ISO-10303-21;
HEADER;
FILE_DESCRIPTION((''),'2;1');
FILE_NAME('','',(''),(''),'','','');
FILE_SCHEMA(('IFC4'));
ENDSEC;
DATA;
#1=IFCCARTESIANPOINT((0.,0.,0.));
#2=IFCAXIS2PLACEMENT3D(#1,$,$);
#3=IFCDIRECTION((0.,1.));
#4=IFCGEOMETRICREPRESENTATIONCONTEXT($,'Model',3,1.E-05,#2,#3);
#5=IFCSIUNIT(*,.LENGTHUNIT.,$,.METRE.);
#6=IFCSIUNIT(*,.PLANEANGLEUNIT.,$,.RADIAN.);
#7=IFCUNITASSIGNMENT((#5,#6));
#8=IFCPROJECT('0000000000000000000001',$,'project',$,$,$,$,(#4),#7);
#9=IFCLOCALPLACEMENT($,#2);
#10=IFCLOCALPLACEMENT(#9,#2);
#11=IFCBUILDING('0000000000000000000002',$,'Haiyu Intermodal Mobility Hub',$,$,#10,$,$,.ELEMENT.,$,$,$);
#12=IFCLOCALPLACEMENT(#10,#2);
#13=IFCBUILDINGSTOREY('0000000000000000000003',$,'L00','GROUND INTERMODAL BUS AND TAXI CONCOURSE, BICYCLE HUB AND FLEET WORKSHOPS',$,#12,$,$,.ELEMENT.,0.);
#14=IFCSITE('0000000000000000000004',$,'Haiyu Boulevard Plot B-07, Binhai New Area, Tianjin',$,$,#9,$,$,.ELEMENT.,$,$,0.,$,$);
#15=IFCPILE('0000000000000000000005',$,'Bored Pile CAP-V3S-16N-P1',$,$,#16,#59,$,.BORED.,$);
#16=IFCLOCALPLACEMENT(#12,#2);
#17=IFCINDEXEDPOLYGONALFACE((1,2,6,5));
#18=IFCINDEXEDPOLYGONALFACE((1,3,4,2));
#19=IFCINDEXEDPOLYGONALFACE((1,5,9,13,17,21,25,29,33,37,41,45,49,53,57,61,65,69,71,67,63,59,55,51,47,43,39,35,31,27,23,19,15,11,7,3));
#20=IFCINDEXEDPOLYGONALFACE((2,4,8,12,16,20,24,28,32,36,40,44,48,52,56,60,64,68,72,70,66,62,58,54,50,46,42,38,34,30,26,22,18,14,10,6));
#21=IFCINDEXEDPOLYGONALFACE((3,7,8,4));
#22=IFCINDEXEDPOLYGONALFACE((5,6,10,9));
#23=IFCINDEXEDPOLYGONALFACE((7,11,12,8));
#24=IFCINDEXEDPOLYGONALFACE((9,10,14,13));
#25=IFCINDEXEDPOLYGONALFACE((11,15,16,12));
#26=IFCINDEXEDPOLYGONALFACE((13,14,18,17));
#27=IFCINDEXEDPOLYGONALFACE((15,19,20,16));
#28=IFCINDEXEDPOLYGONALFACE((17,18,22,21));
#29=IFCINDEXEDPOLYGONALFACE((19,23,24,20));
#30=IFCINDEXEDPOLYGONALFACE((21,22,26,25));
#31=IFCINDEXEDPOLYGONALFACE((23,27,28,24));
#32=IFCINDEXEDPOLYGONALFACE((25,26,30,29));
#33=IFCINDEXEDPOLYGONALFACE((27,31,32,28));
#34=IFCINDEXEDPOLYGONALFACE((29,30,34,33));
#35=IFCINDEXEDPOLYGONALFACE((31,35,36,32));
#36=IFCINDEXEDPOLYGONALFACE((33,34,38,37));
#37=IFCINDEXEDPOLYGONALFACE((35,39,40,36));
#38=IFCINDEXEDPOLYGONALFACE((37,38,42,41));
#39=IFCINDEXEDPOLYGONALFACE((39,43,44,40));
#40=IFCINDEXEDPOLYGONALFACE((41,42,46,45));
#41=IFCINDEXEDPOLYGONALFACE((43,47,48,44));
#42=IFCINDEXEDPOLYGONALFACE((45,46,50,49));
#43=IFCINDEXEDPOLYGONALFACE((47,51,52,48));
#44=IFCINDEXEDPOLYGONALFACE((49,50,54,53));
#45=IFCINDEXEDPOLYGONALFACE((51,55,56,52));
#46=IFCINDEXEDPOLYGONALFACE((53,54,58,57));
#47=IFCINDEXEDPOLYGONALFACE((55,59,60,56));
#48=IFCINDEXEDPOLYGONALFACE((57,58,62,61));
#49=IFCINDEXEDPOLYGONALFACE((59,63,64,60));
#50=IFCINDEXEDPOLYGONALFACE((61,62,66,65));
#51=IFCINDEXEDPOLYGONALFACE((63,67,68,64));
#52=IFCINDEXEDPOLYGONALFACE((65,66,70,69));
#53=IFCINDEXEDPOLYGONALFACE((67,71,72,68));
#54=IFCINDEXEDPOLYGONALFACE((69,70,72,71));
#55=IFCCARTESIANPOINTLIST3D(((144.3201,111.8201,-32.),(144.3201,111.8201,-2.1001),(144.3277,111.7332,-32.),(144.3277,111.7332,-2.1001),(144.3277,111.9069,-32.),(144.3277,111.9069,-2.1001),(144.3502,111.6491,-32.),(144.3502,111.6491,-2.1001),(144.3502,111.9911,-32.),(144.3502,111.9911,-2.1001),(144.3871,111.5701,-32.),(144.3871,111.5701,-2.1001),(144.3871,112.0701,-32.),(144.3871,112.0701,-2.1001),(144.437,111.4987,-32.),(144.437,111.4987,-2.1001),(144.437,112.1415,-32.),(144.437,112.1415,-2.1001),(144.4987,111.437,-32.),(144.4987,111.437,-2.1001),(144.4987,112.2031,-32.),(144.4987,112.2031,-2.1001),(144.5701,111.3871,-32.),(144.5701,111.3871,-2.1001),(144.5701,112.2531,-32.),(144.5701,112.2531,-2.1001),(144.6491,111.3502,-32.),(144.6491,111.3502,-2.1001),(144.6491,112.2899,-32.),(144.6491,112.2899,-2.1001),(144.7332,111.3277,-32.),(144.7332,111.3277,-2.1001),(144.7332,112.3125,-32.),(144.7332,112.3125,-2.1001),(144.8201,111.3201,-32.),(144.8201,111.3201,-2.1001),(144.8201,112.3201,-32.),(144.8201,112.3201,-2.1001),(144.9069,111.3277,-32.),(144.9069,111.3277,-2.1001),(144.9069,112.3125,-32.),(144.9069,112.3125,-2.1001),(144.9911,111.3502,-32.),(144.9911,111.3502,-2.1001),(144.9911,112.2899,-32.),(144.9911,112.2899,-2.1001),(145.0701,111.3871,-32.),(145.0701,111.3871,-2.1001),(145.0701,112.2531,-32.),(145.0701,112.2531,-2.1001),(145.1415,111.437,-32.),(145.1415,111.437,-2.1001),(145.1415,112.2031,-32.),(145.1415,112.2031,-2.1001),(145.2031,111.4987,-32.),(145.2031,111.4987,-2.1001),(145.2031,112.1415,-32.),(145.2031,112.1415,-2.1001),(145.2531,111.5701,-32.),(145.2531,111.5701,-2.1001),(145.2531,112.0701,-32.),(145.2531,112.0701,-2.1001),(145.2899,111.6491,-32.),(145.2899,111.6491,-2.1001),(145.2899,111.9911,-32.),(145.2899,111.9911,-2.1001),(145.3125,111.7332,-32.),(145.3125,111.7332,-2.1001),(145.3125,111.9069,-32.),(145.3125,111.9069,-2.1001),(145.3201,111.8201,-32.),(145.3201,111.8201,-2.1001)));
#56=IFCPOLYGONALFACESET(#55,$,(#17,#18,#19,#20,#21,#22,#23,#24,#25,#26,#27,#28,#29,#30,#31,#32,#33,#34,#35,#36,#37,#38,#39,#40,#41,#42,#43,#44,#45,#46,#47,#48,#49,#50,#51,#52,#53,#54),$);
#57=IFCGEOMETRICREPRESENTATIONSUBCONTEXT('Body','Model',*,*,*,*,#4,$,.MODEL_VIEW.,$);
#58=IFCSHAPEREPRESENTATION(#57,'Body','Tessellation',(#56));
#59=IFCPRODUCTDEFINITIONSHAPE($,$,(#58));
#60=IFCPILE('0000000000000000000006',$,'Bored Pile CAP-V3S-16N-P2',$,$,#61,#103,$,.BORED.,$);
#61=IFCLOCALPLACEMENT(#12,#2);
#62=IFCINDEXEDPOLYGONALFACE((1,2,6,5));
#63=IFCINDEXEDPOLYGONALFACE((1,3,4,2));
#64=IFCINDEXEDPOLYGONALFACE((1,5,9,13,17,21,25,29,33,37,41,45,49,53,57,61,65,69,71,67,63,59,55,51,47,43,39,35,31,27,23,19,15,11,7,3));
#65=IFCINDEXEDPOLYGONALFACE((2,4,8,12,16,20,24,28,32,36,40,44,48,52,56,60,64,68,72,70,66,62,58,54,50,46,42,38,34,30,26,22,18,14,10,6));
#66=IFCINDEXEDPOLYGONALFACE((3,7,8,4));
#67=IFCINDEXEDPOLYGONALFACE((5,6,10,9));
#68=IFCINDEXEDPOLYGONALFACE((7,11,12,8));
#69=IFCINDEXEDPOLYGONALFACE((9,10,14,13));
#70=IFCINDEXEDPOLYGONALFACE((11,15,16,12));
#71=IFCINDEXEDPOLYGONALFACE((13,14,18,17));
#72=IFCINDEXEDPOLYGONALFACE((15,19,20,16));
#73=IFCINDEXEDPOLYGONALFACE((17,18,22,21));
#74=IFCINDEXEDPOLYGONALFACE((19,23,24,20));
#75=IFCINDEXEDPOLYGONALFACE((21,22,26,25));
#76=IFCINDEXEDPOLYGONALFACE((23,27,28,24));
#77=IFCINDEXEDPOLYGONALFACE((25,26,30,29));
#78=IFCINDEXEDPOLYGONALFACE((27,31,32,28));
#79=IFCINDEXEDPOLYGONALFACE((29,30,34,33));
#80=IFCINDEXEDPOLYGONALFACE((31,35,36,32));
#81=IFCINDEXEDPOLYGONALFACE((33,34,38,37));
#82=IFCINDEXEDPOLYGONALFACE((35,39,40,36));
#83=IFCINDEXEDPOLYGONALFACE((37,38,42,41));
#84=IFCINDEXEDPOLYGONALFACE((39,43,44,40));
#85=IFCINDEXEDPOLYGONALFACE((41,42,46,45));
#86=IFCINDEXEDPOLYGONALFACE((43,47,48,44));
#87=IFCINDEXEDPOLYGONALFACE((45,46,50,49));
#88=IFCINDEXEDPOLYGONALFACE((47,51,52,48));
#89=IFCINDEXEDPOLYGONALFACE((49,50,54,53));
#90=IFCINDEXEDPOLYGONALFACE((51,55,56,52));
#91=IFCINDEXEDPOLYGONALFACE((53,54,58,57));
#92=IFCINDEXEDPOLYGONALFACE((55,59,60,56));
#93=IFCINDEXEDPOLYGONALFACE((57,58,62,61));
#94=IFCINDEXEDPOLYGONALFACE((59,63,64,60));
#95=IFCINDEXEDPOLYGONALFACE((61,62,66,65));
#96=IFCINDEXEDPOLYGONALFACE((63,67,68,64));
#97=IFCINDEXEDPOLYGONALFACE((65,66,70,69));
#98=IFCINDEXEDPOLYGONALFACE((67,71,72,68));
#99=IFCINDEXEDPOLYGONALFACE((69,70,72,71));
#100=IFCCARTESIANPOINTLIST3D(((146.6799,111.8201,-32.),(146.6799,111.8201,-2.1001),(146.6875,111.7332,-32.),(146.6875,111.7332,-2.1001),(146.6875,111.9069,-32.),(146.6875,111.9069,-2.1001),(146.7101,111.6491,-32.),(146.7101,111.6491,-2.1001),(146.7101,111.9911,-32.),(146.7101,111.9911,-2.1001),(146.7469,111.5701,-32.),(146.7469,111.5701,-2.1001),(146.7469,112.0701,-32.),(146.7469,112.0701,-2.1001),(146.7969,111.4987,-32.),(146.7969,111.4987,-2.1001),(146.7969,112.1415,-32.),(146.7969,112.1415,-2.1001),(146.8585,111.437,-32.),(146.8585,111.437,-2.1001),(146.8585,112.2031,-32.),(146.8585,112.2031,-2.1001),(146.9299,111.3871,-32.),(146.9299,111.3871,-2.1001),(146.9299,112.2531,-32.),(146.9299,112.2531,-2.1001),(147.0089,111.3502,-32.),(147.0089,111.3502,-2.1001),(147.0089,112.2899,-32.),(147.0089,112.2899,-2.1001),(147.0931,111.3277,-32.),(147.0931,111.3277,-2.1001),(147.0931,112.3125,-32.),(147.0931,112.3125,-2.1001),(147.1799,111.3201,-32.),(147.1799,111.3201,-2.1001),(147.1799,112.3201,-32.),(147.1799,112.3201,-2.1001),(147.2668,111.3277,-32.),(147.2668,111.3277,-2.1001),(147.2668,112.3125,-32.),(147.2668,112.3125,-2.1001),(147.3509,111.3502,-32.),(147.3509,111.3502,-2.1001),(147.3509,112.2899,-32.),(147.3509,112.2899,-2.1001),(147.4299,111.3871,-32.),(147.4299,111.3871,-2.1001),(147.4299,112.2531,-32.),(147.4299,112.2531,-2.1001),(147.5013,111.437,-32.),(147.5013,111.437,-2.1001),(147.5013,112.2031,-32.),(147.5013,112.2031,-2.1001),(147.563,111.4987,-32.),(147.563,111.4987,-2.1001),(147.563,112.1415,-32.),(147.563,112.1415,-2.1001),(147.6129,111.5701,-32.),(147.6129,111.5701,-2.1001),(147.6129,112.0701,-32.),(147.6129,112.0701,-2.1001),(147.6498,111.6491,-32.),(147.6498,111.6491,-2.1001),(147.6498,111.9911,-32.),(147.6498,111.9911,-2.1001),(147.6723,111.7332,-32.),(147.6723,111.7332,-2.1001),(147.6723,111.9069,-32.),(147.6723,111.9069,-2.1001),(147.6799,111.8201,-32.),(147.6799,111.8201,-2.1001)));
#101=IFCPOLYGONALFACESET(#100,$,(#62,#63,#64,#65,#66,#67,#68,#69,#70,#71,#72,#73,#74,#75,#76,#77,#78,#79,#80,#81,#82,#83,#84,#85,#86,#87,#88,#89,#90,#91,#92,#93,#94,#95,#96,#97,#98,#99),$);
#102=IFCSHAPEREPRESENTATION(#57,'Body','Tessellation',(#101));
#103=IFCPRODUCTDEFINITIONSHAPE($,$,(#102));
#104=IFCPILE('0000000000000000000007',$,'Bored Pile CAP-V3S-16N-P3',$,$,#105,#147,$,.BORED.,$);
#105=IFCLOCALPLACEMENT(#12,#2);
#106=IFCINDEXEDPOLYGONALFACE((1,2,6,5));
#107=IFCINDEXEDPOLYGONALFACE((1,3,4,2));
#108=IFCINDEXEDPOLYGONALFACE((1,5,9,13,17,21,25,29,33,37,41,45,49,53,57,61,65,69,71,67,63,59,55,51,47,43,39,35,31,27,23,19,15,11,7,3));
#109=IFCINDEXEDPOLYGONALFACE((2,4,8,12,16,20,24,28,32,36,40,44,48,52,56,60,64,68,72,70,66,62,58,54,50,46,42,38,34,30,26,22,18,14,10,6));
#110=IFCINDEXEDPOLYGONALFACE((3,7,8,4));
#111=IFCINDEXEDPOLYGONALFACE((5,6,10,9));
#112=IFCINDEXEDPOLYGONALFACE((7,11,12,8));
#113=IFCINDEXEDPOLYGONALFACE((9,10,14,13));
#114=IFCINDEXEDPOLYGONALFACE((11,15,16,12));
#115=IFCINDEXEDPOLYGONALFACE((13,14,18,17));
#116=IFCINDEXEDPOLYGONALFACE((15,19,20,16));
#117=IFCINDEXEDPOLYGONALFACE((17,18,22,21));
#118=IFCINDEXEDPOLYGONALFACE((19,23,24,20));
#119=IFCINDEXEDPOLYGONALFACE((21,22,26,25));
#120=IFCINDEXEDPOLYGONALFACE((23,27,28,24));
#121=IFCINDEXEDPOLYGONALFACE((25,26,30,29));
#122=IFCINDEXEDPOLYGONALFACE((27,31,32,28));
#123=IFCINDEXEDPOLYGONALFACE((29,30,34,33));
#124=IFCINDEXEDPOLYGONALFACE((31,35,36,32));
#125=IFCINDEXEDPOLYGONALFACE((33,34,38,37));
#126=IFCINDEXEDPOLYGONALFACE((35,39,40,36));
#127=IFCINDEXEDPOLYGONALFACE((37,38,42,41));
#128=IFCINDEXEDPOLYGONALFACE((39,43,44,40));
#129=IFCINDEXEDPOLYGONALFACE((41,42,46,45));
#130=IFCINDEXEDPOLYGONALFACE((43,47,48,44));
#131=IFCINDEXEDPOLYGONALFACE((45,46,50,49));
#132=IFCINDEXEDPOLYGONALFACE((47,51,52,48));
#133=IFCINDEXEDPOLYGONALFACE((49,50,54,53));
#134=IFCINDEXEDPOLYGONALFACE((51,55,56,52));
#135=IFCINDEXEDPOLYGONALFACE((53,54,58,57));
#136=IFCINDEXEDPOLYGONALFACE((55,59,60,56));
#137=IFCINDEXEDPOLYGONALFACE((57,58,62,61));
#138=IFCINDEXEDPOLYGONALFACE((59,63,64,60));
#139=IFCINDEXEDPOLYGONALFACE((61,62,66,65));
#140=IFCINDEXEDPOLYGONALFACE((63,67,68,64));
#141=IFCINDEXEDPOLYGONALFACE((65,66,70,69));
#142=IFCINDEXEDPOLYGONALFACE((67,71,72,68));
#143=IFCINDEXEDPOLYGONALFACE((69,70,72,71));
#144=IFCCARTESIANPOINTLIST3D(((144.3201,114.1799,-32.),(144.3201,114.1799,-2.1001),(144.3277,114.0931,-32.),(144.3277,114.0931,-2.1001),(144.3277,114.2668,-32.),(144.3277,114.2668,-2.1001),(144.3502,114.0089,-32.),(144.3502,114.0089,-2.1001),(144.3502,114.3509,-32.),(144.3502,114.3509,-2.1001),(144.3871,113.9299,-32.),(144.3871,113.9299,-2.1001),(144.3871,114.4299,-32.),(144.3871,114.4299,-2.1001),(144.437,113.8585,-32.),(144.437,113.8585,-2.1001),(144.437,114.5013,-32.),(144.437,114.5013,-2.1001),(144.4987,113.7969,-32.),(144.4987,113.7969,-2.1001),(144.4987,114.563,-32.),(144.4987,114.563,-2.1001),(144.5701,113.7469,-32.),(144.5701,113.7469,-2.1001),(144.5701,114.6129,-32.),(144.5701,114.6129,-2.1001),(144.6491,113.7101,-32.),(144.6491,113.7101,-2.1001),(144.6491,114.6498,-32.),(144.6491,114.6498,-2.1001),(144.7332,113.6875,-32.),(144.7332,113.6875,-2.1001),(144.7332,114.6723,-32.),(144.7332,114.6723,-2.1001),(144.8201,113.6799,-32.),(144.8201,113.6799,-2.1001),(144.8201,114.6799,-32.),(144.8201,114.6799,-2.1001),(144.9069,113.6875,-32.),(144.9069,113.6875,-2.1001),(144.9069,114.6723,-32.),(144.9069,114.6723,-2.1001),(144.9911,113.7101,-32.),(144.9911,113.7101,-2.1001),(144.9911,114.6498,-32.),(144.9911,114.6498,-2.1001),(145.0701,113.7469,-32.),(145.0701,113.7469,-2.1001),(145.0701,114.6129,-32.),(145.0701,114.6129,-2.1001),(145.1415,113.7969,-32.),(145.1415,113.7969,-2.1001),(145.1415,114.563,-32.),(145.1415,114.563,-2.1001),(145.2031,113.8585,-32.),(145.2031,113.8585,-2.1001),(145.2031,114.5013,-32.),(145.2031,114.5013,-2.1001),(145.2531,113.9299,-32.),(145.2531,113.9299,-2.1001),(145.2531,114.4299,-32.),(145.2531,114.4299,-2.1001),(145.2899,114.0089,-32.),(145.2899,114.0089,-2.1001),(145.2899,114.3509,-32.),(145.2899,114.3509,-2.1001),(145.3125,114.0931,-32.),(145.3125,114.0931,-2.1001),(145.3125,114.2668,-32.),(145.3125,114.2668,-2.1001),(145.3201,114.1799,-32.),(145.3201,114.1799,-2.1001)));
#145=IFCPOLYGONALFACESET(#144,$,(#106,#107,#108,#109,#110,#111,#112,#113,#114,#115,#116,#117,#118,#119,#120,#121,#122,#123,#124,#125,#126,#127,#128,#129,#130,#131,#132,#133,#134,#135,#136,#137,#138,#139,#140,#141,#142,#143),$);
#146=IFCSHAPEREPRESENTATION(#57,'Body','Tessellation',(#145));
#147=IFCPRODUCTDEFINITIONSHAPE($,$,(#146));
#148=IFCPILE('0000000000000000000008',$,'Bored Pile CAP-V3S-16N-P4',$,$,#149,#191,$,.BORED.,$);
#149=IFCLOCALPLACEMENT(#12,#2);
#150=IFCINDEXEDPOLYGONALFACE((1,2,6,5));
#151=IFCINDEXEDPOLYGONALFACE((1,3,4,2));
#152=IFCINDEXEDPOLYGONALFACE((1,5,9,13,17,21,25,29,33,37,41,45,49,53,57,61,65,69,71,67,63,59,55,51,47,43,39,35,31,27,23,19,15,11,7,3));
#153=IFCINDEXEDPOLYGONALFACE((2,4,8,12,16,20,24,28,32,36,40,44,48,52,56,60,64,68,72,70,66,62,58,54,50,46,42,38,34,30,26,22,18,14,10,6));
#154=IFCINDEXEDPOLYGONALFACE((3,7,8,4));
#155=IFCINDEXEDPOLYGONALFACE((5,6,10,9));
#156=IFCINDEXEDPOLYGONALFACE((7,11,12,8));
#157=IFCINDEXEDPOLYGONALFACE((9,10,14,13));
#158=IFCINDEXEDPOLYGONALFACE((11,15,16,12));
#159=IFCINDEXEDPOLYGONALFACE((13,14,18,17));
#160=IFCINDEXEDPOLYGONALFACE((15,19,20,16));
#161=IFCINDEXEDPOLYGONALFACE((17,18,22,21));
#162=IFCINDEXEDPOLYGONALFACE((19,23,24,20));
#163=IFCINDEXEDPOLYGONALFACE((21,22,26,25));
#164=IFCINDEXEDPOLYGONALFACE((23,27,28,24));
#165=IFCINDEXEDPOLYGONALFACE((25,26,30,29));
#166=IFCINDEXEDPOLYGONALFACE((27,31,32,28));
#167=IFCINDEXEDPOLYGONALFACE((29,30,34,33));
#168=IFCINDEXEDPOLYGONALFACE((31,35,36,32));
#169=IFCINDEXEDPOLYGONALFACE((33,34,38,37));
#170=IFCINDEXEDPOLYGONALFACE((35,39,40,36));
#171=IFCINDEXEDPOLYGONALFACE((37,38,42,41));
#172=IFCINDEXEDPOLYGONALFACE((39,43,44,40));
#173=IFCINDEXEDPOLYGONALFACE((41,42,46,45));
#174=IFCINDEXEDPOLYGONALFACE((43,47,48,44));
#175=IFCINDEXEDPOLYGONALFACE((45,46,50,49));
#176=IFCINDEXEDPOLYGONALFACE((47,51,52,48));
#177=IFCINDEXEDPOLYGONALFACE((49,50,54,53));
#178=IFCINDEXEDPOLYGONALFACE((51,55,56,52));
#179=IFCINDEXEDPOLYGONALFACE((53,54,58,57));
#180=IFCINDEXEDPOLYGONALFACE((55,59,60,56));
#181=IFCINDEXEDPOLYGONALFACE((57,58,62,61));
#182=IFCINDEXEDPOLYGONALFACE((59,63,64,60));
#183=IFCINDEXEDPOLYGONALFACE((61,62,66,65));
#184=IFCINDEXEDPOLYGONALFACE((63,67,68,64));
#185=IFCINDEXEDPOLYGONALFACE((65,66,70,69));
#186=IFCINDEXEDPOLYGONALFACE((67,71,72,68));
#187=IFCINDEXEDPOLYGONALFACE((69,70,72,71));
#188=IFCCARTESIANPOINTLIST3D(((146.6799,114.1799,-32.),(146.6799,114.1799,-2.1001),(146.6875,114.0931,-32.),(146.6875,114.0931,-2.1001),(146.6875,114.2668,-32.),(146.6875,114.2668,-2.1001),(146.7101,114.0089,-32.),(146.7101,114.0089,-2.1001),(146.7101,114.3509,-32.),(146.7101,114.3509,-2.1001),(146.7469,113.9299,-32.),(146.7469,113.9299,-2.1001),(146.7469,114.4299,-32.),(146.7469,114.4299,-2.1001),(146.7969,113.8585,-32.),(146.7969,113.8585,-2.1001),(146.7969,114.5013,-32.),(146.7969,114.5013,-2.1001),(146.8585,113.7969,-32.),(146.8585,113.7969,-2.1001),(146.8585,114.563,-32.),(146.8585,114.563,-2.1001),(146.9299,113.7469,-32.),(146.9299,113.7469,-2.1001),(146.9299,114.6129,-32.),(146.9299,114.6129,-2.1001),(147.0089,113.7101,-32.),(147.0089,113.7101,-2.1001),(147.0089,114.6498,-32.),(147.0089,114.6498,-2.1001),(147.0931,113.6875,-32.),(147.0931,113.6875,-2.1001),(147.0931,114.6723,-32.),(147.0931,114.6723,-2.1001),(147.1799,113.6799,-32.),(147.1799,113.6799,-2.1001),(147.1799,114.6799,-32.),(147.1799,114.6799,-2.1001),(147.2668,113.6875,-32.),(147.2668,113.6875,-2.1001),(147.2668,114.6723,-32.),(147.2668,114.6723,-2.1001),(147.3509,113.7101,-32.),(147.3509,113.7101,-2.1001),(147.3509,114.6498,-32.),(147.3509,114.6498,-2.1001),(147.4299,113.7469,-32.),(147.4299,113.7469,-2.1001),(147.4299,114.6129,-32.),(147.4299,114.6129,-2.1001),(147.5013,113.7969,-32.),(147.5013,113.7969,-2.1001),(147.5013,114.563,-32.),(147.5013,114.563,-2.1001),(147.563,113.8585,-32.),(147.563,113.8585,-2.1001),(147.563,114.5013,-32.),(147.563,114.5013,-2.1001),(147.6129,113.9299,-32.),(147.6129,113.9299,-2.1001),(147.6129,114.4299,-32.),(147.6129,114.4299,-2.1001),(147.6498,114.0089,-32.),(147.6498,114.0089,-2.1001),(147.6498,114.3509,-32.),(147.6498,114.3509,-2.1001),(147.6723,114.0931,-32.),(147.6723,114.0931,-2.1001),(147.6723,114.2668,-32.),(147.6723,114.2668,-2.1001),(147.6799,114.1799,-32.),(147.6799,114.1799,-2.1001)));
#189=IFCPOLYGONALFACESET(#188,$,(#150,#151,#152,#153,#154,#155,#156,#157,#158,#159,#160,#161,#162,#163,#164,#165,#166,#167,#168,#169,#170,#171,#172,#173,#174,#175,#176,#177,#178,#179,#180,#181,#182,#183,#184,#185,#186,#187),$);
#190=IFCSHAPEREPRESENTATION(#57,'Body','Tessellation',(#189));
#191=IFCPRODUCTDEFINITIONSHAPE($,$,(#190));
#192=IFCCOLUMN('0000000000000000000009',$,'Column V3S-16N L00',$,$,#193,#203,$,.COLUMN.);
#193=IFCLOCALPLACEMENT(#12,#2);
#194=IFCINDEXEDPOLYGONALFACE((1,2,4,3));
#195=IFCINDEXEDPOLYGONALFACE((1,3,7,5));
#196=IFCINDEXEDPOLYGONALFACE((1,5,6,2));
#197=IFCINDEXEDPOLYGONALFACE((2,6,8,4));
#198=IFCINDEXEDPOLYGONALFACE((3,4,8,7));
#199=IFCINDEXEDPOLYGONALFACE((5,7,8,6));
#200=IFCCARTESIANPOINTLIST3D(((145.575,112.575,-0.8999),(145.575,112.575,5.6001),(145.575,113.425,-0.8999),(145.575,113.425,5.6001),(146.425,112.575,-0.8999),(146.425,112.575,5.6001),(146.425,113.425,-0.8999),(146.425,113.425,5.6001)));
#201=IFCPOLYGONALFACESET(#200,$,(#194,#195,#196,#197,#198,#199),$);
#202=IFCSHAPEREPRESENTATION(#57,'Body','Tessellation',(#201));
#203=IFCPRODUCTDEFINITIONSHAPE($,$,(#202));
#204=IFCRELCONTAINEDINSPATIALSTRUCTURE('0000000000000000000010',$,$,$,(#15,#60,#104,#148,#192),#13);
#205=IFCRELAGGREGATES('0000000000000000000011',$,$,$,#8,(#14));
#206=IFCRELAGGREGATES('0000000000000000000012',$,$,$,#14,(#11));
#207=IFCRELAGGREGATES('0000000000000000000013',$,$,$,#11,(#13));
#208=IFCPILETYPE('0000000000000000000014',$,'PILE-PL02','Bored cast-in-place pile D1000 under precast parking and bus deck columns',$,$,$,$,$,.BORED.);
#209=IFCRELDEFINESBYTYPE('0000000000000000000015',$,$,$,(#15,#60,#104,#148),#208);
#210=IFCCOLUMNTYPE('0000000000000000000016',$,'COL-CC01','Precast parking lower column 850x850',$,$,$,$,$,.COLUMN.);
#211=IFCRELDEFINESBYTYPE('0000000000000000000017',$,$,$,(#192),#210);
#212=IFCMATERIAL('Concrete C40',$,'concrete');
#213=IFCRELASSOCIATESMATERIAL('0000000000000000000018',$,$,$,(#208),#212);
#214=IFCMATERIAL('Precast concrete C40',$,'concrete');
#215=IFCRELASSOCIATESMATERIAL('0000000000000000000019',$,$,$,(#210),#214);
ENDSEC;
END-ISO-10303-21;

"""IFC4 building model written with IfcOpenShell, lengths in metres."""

from ifc_helpers import new_model, si_unit, direction, frame, origin, origin_2d, place, context, subcontext, project, spatial, rectangle, circle, extrude, material, material_profile, profile_set, type_object, element, save


model = new_model("IFC4")

# Units and contexts
model_context = context("Model", 3, precision=1e-05, world=origin(), true_north=direction((0.0, 1.0)))
body_context = subcontext(model_context, "Body", "Model", "MODEL_VIEW")
ifc_project = project(units=[si_unit("LENGTHUNIT", "METRE"), si_unit("PLANEANGLEUNIT", "RADIAN")], contexts=[model_context])

# Site, building, storey
site_placement = place(None, origin())
site = spatial("IfcSite", under=ifc_project, at=site_placement, Name="Haiyu Boulevard Plot B-07, Binhai New Area, Tianjin", CompositionType="ELEMENT", RefElevation=0.0)
building_placement = place(site_placement, origin())
building = spatial("IfcBuilding", under=site, at=building_placement, Name="Haiyu Intermodal Mobility Hub", CompositionType="ELEMENT")
storey_placement = place(building_placement, origin())
storey = spatial("IfcBuildingStorey", under=building, at=storey_placement, Name="L00", Description="GROUND INTERMODAL BUS AND TAXI CONCOURSE, BICYCLE HUB AND FLEET WORKSHOPS", CompositionType="ELEMENT", Elevation=0.0)

# Shared definitions
ifc_material_1 = material(Name="Concrete C40", Category="concrete")

# Piles
ifc_material_profile_1 = material_profile(ifc_material_1, circle(Radius=0.5, at=origin_2d()), Name="PILE-D1000")
ifc_profile_set_1 = profile_set([ifc_material_profile_1], Name="Concrete C40")
pile_type = type_object("IfcPileType", Name="PILE-PL02", Description="Bored cast-in-place pile D1000 under precast parking and bus deck columns", PredefinedType="BORED", material=ifc_profile_set_1)
for number, where, z_axis, x_axis, name in (
    (1, (144.8201, 111.8201, -2.1001), (0.0, 0.0, -1.0), (1.0, 0.0, 0.0), "Bored Pile CAP-V3S-16N-P1"),
    (2, (147.1799, 111.8201, -2.1001), (0.0, 0.0, -1.0), (1.0, 0.0, 0.0), "Bored Pile CAP-V3S-16N-P2"),
    (3, (144.8201, 114.1799, -2.1001), (0.0, 0.0, -1.0), (1.0, 0.0, 0.0), "Bored Pile CAP-V3S-16N-P3"),
    (4, (147.1799, 114.1799, -2.1001), (0.0, 0.0, -1.0), (1.0, 0.0, 0.0), "Bored Pile CAP-V3S-16N-P4"),
):
    element("IfcPile", number, at=place(storey_placement, frame(where, z_axis=z_axis, x_axis=x_axis)), inside=storey, type_object=pile_type, Name=name, PredefinedType="BORED", context=body_context, shape_type="SweptSolid", body=[
        extrude(circle(Radius=0.5, at=origin_2d()), origin(), (0.0, 0.0, 1.0), 29.8999),
    ])

# Column
ifc_material_2 = material(Name="Precast concrete C40", Category="concrete")
ifc_material_profile_2 = material_profile(ifc_material_2, rectangle(XDim=0.8501, YDim=0.8501, at=origin_2d()), Name="RC850x850")
ifc_profile_set_2 = profile_set([ifc_material_profile_2], Name="Precast concrete C40")
column_type_1 = type_object("IfcColumnType", Name="COL-CC01", Description="Precast parking lower column 850x850", PredefinedType="COLUMN", material=ifc_profile_set_2)
column_placement = place(storey_placement, frame((146.0, 113.0, -0.8999), z_axis=(0.0, 0.0, 1.0), x_axis=(1.0, 0.0, 0.0)))
element("IfcColumn", 5, at=column_placement, inside=storey, type_object=column_type_1, Name="Column V3S-16N L00", PredefinedType="COLUMN", context=body_context, shape_type="SweptSolid", body=[
    extrude(rectangle(XDim=0.8501, YDim=0.8501, at=origin_2d()), origin(), (0.0, 0.0, 1.0), 6.5),
])

save(model, "model.ifc")
